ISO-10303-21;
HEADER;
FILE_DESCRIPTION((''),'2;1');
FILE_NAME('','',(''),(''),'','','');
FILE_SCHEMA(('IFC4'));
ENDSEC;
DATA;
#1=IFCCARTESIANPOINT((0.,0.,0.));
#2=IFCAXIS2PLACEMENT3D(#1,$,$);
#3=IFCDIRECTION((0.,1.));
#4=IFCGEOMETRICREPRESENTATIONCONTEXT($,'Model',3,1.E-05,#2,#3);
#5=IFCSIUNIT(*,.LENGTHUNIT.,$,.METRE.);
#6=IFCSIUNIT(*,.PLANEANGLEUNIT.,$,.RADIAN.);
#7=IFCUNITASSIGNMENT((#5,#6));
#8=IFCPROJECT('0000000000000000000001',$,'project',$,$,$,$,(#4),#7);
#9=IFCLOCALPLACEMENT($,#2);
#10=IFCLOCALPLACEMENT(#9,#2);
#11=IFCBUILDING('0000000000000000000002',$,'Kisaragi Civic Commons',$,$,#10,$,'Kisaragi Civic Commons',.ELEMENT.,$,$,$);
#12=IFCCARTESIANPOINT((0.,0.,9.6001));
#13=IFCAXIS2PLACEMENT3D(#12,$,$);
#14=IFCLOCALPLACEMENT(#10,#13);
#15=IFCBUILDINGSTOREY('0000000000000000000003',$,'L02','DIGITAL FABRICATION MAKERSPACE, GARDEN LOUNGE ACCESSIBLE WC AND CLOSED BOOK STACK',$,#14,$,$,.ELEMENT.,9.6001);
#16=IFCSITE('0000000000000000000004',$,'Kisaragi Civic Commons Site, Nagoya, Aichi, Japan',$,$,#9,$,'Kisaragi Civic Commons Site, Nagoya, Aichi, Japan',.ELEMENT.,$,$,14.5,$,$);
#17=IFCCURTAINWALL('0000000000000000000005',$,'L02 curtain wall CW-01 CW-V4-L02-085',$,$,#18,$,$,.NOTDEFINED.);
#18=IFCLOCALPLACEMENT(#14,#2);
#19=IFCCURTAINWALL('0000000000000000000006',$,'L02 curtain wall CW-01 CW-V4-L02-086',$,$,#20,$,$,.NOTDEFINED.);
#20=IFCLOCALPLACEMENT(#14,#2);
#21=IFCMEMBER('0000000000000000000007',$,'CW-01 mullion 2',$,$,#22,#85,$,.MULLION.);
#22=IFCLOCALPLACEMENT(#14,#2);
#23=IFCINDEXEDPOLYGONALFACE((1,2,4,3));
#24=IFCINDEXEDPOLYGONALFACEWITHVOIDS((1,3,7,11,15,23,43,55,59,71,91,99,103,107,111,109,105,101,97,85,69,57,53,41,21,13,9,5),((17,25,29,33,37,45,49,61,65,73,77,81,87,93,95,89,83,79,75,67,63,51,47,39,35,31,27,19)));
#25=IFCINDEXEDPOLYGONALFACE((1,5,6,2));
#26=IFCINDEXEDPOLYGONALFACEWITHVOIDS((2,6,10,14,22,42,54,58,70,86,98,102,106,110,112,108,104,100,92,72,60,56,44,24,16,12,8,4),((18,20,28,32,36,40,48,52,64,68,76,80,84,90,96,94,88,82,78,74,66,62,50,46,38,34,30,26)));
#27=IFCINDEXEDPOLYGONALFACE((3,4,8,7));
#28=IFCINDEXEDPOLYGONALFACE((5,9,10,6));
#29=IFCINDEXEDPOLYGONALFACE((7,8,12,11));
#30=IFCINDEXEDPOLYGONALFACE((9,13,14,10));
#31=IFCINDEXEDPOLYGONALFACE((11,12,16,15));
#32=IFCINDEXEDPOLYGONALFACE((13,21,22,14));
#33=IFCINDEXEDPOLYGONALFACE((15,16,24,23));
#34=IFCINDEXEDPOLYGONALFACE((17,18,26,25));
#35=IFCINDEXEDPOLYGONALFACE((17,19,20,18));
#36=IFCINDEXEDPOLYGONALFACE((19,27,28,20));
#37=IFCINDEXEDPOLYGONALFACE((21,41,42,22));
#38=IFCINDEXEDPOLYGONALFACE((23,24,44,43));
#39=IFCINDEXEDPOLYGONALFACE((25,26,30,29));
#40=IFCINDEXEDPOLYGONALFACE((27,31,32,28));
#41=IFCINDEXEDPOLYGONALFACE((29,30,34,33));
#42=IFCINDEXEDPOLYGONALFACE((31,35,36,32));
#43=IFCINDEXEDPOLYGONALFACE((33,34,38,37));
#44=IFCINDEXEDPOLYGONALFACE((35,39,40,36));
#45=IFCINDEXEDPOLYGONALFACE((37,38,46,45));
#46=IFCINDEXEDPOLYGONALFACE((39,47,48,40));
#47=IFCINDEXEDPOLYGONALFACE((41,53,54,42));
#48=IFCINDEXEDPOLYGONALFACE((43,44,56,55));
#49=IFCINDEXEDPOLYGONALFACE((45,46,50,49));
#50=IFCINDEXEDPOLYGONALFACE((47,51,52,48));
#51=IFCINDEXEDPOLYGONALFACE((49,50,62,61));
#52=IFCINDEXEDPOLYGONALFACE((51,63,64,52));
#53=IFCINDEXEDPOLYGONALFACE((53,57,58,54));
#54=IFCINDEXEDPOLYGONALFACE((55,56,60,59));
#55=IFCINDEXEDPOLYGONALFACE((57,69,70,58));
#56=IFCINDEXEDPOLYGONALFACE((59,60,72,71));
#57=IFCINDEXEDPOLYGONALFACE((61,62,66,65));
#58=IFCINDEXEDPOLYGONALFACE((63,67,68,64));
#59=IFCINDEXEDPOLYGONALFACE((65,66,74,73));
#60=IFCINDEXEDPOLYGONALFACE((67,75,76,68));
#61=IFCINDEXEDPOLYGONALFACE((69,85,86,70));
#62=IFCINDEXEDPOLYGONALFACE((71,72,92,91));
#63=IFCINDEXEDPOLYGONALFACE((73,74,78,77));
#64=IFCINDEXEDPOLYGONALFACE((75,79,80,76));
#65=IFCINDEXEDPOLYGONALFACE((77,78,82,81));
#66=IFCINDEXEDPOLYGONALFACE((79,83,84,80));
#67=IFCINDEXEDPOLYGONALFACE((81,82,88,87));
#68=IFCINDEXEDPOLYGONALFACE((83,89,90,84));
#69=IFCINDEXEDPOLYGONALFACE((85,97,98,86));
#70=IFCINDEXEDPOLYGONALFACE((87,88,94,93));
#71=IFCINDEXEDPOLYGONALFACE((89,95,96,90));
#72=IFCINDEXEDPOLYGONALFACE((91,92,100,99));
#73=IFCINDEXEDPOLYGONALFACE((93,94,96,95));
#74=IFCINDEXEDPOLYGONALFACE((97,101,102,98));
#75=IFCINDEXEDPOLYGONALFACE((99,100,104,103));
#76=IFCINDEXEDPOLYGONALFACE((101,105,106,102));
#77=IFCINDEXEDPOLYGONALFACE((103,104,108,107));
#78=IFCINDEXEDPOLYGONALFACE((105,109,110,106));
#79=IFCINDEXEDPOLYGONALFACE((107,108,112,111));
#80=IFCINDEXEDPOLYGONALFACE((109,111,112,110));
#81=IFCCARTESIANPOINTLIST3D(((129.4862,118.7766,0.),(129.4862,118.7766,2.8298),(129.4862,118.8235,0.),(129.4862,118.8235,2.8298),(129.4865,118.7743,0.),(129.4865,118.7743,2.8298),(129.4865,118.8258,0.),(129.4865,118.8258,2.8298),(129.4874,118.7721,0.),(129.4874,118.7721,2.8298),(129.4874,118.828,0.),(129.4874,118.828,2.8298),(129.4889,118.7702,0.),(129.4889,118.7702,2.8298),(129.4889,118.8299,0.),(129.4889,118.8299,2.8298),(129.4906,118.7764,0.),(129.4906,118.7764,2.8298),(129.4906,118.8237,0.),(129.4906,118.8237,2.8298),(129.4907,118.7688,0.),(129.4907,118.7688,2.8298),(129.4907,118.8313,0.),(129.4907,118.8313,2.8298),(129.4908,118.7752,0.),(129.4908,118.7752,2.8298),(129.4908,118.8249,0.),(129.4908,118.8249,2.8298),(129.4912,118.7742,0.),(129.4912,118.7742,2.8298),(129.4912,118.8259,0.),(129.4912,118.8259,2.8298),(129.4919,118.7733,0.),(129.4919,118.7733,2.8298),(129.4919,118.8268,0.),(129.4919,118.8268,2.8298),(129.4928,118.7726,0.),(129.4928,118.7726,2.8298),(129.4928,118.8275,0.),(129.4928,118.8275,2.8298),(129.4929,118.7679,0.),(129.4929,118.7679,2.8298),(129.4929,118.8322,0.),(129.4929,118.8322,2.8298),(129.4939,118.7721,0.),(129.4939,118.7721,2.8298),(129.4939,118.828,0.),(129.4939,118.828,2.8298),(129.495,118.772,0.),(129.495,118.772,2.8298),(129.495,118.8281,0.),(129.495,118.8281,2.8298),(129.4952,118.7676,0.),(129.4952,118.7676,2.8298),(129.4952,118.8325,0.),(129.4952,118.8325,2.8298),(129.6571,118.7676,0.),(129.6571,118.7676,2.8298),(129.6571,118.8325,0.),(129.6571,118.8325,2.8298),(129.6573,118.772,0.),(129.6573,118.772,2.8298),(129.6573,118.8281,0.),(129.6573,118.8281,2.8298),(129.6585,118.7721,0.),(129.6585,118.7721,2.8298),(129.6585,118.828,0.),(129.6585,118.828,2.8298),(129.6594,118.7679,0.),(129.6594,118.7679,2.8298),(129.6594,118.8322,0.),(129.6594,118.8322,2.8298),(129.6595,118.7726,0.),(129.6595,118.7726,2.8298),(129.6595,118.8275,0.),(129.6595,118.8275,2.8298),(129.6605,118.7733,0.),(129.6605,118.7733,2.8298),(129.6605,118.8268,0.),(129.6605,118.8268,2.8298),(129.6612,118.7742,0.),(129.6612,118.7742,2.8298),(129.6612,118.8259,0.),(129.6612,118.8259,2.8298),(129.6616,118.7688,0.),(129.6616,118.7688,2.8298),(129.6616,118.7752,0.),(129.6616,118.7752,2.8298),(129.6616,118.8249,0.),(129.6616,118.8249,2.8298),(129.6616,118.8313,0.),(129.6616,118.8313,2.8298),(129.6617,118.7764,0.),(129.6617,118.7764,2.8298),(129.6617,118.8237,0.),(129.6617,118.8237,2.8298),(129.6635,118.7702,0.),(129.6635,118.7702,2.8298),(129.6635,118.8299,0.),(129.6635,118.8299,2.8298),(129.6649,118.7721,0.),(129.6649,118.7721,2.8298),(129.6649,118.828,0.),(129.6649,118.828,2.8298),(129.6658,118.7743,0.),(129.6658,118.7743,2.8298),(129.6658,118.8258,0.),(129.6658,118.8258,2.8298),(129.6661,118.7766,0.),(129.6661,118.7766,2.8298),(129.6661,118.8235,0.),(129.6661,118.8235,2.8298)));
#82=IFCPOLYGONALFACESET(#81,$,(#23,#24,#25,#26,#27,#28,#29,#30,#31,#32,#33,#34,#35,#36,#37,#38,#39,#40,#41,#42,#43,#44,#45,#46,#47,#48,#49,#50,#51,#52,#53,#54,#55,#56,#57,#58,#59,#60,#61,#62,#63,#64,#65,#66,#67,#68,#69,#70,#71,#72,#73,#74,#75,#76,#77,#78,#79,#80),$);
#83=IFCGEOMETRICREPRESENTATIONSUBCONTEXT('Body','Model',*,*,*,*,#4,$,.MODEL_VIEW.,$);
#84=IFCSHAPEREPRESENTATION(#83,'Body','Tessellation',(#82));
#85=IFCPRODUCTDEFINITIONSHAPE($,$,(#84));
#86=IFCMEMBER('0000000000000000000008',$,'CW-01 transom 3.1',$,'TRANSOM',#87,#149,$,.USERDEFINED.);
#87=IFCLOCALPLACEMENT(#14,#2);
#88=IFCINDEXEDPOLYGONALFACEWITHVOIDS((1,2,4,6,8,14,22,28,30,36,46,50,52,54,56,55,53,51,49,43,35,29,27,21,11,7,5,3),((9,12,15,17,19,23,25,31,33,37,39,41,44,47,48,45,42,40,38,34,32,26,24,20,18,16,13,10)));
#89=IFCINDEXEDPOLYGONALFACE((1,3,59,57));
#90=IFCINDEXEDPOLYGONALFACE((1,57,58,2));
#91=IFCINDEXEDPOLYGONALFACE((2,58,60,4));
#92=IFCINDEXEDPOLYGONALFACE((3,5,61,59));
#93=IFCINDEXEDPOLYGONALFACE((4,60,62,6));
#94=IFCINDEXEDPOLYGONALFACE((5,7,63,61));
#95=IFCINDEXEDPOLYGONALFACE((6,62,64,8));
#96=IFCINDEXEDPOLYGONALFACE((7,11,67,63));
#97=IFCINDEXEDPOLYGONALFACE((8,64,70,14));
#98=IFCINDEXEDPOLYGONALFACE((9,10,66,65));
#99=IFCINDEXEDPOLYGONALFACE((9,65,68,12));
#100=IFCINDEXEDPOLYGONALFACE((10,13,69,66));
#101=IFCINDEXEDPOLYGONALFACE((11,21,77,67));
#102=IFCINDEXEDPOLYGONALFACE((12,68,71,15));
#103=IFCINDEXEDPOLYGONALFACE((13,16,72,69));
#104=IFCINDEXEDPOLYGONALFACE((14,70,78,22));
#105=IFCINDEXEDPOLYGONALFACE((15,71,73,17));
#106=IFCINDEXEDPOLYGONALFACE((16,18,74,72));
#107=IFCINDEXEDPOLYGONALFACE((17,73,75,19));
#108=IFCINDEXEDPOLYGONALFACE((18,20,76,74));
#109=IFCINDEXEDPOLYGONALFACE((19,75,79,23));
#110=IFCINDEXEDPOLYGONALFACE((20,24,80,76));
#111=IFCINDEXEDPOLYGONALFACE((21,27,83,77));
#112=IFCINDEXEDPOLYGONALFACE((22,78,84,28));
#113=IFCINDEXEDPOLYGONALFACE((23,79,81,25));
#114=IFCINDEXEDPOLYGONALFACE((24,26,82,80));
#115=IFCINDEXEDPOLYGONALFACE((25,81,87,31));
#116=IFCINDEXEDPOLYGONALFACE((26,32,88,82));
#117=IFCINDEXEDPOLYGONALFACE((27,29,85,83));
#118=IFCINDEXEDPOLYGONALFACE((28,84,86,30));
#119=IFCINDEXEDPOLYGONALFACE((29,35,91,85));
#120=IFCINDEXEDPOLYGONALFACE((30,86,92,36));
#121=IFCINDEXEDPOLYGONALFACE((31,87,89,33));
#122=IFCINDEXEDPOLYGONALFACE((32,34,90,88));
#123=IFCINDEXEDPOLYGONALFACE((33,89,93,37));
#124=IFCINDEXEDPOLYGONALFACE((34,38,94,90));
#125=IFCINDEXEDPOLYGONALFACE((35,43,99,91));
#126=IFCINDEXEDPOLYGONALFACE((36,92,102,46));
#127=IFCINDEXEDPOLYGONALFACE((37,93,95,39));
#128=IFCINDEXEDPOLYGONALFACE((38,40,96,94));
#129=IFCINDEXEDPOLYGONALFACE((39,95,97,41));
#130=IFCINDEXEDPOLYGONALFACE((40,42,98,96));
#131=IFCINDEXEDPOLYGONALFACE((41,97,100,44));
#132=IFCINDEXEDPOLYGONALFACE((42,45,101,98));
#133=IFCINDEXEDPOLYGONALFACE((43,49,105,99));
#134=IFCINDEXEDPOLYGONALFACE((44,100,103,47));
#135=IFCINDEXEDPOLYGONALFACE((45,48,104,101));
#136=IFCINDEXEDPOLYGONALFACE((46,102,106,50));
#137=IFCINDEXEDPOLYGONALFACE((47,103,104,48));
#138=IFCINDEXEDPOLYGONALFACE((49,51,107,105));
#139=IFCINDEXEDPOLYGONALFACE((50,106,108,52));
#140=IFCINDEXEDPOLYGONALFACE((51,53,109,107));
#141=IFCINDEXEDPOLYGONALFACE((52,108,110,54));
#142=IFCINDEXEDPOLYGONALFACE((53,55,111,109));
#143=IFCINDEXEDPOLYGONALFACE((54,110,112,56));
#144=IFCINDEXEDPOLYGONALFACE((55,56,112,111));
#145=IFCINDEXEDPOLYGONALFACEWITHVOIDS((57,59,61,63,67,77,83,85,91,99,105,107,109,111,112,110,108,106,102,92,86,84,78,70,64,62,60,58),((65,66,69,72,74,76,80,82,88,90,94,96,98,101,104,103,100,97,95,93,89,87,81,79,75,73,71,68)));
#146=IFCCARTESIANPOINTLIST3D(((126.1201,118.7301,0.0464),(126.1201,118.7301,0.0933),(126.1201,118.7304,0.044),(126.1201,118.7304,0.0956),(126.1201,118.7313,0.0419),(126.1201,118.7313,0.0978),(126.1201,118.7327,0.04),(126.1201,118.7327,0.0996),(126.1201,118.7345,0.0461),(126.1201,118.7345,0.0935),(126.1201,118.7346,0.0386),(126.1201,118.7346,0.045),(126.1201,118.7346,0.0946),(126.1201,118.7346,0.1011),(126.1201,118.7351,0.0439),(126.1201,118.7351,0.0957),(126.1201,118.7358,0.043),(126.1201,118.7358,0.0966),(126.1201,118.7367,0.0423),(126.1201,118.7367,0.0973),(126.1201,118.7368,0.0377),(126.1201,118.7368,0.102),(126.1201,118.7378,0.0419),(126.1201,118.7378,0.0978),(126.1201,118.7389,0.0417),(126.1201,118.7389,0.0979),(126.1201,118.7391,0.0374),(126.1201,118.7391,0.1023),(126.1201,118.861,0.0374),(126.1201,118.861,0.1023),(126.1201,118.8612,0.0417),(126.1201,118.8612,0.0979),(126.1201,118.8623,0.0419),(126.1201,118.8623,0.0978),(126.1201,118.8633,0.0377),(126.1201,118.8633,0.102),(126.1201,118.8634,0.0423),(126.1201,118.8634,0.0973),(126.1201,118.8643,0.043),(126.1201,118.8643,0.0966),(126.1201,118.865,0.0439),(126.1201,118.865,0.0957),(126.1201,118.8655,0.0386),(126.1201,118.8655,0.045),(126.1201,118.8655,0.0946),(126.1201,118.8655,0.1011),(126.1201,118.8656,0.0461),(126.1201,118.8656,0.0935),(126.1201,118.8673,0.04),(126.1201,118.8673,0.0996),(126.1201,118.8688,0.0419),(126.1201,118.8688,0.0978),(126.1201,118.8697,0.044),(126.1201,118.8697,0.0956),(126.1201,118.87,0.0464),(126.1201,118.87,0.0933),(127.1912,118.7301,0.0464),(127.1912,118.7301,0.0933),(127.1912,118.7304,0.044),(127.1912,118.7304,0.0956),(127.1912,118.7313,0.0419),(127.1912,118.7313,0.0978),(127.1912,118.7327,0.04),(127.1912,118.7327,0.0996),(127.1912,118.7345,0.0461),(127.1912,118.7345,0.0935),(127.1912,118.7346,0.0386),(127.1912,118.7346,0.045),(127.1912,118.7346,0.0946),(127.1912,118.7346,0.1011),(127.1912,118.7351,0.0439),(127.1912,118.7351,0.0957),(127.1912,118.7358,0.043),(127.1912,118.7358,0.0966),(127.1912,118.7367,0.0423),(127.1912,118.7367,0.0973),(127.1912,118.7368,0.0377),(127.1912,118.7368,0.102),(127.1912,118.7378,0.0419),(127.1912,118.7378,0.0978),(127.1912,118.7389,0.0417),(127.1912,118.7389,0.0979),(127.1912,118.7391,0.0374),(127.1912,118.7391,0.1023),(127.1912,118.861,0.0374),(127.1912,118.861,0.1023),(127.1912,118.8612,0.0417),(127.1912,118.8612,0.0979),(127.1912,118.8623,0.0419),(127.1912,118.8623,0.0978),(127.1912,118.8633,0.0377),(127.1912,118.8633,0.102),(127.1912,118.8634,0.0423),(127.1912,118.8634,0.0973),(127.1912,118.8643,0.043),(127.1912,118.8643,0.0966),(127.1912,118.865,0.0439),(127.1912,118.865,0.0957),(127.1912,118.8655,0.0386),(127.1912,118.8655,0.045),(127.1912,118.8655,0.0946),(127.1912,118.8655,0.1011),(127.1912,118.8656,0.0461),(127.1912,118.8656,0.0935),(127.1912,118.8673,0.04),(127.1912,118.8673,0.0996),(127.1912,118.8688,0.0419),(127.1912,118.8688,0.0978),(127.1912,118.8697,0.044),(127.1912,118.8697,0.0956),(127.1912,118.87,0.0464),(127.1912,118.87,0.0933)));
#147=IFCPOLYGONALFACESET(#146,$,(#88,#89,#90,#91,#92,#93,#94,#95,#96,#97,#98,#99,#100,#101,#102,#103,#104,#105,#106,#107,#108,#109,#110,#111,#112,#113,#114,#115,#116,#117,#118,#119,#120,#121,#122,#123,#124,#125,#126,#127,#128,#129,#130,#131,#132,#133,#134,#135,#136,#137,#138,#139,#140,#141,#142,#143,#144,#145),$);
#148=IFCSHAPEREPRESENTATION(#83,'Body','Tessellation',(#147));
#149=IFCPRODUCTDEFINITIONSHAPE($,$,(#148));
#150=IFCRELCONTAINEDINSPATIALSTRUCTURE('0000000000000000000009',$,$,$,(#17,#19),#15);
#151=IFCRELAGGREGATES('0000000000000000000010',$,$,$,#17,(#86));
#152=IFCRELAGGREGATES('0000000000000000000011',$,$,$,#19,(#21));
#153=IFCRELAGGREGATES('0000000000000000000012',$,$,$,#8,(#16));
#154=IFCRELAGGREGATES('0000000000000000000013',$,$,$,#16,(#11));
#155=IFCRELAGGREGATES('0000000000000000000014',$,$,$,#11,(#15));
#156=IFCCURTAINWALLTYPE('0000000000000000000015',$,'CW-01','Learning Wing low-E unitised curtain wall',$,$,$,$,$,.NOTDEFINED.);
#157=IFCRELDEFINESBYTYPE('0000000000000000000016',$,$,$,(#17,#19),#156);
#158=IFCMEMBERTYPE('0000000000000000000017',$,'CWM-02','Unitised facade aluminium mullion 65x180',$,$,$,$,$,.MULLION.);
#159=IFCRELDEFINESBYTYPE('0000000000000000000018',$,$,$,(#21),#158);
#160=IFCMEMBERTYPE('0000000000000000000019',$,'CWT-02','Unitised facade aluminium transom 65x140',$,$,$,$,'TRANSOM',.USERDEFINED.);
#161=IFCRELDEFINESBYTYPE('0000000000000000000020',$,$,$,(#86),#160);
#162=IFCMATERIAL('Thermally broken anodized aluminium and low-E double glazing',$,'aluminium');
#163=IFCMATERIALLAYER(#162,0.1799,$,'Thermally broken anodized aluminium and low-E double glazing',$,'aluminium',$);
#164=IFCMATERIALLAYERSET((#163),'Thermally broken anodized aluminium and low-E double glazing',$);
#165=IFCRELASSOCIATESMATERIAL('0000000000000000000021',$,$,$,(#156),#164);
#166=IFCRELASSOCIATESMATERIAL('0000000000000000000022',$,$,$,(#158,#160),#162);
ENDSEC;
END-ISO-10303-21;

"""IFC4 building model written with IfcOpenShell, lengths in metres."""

from ifc_helpers import new_model, si_unit, direction, frame, origin, origin_2d, place, context, subcontext, project, spatial, hollow_rectangle, extrude, material, layer, layer_set, material_profile, profile_set, type_object, element, aggregate, save


model = new_model("IFC4")

# Units and contexts
model_context = context("Model", 3, precision=1e-05, world=origin(), true_north=direction((0.0, 1.0)))
body_context = subcontext(model_context, "Body", "Model", "MODEL_VIEW")
ifc_project = project(units=[si_unit("LENGTHUNIT", "METRE"), si_unit("PLANEANGLEUNIT", "RADIAN")], contexts=[model_context])

# Site, building, storey
site_placement = place(None, origin())
site = spatial("IfcSite", under=ifc_project, at=site_placement, Name="Kisaragi Civic Commons Site, Nagoya, Aichi, Japan", LongName="Kisaragi Civic Commons Site, Nagoya, Aichi, Japan", CompositionType="ELEMENT", RefElevation=14.5)
building_placement = place(site_placement, origin())
building = spatial("IfcBuilding", under=site, at=building_placement, Name="Kisaragi Civic Commons", LongName="Kisaragi Civic Commons", CompositionType="ELEMENT")
storey_placement = place(building_placement, frame((0.0, 0.0, 9.6001)))
storey = spatial("IfcBuildingStorey", under=building, at=storey_placement, Name="L02", Description="DIGITAL FABRICATION MAKERSPACE, GARDEN LOUNGE ACCESSIBLE WC AND CLOSED BOOK STACK", CompositionType="ELEMENT", Elevation=9.6001)

# Curtain walls, member
ifc_material_1 = material(Name="Thermally broken anodized aluminium and low-E double glazing", Category="aluminium")
ifc_layer_1 = layer(ifc_material_1, 0.1799, Name="Thermally broken anodized aluminium and low-E double glazing", Category="aluminium")
ifc_layer_set_1 = layer_set([ifc_layer_1], Name="Thermally broken anodized aluminium and low-E double glazing")
curtain_wall_type = type_object("IfcCurtainWallType", Name="CW-01", Description="Learning Wing low-E unitised curtain wall", PredefinedType="NOTDEFINED", material=ifc_layer_set_1)
curtain_wall_1_placement = place(storey_placement, origin())
curtain_wall_1 = element("IfcCurtainWall", 1, at=curtain_wall_1_placement, inside=storey, type_object=curtain_wall_type, Name="L02 curtain wall CW-01 CW-V4-L02-085", PredefinedType="NOTDEFINED")
ifc_material_profile_1 = material_profile(ifc_material_1, hollow_rectangle(XDim=0.0649, YDim=0.1799, WallThickness=0.0044, InnerFilletRadius=0.0044, OuterFilletRadius=0.009, at=origin_2d()), Name="CWM-65x180x4.5", Category="aluminium")
ifc_profile_set_1 = profile_set([ifc_material_profile_1], Name="Thermally broken anodized aluminium and low-E double glazing")
member_type_1 = type_object("IfcMemberType", Name="CWM-02", Description="Unitised facade aluminium mullion 65x180", PredefinedType="MULLION", material=ifc_profile_set_1)
curtain_wall_2_placement = place(storey_placement, origin())
curtain_wall_2 = element("IfcCurtainWall", 2, at=curtain_wall_2_placement, inside=storey, type_object=curtain_wall_type, Name="L02 curtain wall CW-01 CW-V4-L02-086", PredefinedType="NOTDEFINED")
member_1_placement = place(storey_placement, frame((129.5762, 118.8, 0.0), z_axis=(0.0, 0.0, 1.0), x_axis=(0.0, 1.0, 0.0)))
member_1 = element("IfcMember", 3, at=member_1_placement, type_object=member_type_1, Name="CW-01 mullion 2", PredefinedType="MULLION", context=body_context, shape_type="SweptSolid", body=[
    extrude(hollow_rectangle(XDim=0.0649, YDim=0.1799, WallThickness=0.0044, InnerFilletRadius=0.0044, OuterFilletRadius=0.009, at=origin_2d()), origin(), (0.0, 0.0, 1.0), 2.8298),
])

# Member
ifc_material_profile_2 = material_profile(ifc_material_1, hollow_rectangle(XDim=0.1399, YDim=0.0649, WallThickness=0.0044, InnerFilletRadius=0.0044, OuterFilletRadius=0.009, at=origin_2d()), Name="CWT-65x140x4.5", Category="aluminium")
ifc_profile_set_2 = profile_set([ifc_material_profile_2], Name="Thermally broken anodized aluminium and low-E double glazing")
member_type_2 = type_object("IfcMemberType", Name="CWT-02", Description="Unitised facade aluminium transom 65x140", ElementType="TRANSOM", PredefinedType="USERDEFINED", material=ifc_profile_set_2)
member_2_placement = place(storey_placement, frame((126.1201, 118.8, 0.0698), z_axis=(1.0, 0.0, 0.0), x_axis=(0.0, 1.0, 0.0)))
member_2 = element("IfcMember", 4, at=member_2_placement, type_object=member_type_2, Name="CW-01 transom 3.1", ObjectType="TRANSOM", PredefinedType="USERDEFINED", context=body_context, shape_type="SweptSolid", body=[
    extrude(hollow_rectangle(XDim=0.1399, YDim=0.0649, WallThickness=0.0044, InnerFilletRadius=0.0044, OuterFilletRadius=0.009, at=origin_2d()), origin(), (0.0, 0.0, 1.0), 1.071),
])

aggregate(curtain_wall_1, [member_2])
aggregate(curtain_wall_2, [member_1])

save(model, "model.ifc")
